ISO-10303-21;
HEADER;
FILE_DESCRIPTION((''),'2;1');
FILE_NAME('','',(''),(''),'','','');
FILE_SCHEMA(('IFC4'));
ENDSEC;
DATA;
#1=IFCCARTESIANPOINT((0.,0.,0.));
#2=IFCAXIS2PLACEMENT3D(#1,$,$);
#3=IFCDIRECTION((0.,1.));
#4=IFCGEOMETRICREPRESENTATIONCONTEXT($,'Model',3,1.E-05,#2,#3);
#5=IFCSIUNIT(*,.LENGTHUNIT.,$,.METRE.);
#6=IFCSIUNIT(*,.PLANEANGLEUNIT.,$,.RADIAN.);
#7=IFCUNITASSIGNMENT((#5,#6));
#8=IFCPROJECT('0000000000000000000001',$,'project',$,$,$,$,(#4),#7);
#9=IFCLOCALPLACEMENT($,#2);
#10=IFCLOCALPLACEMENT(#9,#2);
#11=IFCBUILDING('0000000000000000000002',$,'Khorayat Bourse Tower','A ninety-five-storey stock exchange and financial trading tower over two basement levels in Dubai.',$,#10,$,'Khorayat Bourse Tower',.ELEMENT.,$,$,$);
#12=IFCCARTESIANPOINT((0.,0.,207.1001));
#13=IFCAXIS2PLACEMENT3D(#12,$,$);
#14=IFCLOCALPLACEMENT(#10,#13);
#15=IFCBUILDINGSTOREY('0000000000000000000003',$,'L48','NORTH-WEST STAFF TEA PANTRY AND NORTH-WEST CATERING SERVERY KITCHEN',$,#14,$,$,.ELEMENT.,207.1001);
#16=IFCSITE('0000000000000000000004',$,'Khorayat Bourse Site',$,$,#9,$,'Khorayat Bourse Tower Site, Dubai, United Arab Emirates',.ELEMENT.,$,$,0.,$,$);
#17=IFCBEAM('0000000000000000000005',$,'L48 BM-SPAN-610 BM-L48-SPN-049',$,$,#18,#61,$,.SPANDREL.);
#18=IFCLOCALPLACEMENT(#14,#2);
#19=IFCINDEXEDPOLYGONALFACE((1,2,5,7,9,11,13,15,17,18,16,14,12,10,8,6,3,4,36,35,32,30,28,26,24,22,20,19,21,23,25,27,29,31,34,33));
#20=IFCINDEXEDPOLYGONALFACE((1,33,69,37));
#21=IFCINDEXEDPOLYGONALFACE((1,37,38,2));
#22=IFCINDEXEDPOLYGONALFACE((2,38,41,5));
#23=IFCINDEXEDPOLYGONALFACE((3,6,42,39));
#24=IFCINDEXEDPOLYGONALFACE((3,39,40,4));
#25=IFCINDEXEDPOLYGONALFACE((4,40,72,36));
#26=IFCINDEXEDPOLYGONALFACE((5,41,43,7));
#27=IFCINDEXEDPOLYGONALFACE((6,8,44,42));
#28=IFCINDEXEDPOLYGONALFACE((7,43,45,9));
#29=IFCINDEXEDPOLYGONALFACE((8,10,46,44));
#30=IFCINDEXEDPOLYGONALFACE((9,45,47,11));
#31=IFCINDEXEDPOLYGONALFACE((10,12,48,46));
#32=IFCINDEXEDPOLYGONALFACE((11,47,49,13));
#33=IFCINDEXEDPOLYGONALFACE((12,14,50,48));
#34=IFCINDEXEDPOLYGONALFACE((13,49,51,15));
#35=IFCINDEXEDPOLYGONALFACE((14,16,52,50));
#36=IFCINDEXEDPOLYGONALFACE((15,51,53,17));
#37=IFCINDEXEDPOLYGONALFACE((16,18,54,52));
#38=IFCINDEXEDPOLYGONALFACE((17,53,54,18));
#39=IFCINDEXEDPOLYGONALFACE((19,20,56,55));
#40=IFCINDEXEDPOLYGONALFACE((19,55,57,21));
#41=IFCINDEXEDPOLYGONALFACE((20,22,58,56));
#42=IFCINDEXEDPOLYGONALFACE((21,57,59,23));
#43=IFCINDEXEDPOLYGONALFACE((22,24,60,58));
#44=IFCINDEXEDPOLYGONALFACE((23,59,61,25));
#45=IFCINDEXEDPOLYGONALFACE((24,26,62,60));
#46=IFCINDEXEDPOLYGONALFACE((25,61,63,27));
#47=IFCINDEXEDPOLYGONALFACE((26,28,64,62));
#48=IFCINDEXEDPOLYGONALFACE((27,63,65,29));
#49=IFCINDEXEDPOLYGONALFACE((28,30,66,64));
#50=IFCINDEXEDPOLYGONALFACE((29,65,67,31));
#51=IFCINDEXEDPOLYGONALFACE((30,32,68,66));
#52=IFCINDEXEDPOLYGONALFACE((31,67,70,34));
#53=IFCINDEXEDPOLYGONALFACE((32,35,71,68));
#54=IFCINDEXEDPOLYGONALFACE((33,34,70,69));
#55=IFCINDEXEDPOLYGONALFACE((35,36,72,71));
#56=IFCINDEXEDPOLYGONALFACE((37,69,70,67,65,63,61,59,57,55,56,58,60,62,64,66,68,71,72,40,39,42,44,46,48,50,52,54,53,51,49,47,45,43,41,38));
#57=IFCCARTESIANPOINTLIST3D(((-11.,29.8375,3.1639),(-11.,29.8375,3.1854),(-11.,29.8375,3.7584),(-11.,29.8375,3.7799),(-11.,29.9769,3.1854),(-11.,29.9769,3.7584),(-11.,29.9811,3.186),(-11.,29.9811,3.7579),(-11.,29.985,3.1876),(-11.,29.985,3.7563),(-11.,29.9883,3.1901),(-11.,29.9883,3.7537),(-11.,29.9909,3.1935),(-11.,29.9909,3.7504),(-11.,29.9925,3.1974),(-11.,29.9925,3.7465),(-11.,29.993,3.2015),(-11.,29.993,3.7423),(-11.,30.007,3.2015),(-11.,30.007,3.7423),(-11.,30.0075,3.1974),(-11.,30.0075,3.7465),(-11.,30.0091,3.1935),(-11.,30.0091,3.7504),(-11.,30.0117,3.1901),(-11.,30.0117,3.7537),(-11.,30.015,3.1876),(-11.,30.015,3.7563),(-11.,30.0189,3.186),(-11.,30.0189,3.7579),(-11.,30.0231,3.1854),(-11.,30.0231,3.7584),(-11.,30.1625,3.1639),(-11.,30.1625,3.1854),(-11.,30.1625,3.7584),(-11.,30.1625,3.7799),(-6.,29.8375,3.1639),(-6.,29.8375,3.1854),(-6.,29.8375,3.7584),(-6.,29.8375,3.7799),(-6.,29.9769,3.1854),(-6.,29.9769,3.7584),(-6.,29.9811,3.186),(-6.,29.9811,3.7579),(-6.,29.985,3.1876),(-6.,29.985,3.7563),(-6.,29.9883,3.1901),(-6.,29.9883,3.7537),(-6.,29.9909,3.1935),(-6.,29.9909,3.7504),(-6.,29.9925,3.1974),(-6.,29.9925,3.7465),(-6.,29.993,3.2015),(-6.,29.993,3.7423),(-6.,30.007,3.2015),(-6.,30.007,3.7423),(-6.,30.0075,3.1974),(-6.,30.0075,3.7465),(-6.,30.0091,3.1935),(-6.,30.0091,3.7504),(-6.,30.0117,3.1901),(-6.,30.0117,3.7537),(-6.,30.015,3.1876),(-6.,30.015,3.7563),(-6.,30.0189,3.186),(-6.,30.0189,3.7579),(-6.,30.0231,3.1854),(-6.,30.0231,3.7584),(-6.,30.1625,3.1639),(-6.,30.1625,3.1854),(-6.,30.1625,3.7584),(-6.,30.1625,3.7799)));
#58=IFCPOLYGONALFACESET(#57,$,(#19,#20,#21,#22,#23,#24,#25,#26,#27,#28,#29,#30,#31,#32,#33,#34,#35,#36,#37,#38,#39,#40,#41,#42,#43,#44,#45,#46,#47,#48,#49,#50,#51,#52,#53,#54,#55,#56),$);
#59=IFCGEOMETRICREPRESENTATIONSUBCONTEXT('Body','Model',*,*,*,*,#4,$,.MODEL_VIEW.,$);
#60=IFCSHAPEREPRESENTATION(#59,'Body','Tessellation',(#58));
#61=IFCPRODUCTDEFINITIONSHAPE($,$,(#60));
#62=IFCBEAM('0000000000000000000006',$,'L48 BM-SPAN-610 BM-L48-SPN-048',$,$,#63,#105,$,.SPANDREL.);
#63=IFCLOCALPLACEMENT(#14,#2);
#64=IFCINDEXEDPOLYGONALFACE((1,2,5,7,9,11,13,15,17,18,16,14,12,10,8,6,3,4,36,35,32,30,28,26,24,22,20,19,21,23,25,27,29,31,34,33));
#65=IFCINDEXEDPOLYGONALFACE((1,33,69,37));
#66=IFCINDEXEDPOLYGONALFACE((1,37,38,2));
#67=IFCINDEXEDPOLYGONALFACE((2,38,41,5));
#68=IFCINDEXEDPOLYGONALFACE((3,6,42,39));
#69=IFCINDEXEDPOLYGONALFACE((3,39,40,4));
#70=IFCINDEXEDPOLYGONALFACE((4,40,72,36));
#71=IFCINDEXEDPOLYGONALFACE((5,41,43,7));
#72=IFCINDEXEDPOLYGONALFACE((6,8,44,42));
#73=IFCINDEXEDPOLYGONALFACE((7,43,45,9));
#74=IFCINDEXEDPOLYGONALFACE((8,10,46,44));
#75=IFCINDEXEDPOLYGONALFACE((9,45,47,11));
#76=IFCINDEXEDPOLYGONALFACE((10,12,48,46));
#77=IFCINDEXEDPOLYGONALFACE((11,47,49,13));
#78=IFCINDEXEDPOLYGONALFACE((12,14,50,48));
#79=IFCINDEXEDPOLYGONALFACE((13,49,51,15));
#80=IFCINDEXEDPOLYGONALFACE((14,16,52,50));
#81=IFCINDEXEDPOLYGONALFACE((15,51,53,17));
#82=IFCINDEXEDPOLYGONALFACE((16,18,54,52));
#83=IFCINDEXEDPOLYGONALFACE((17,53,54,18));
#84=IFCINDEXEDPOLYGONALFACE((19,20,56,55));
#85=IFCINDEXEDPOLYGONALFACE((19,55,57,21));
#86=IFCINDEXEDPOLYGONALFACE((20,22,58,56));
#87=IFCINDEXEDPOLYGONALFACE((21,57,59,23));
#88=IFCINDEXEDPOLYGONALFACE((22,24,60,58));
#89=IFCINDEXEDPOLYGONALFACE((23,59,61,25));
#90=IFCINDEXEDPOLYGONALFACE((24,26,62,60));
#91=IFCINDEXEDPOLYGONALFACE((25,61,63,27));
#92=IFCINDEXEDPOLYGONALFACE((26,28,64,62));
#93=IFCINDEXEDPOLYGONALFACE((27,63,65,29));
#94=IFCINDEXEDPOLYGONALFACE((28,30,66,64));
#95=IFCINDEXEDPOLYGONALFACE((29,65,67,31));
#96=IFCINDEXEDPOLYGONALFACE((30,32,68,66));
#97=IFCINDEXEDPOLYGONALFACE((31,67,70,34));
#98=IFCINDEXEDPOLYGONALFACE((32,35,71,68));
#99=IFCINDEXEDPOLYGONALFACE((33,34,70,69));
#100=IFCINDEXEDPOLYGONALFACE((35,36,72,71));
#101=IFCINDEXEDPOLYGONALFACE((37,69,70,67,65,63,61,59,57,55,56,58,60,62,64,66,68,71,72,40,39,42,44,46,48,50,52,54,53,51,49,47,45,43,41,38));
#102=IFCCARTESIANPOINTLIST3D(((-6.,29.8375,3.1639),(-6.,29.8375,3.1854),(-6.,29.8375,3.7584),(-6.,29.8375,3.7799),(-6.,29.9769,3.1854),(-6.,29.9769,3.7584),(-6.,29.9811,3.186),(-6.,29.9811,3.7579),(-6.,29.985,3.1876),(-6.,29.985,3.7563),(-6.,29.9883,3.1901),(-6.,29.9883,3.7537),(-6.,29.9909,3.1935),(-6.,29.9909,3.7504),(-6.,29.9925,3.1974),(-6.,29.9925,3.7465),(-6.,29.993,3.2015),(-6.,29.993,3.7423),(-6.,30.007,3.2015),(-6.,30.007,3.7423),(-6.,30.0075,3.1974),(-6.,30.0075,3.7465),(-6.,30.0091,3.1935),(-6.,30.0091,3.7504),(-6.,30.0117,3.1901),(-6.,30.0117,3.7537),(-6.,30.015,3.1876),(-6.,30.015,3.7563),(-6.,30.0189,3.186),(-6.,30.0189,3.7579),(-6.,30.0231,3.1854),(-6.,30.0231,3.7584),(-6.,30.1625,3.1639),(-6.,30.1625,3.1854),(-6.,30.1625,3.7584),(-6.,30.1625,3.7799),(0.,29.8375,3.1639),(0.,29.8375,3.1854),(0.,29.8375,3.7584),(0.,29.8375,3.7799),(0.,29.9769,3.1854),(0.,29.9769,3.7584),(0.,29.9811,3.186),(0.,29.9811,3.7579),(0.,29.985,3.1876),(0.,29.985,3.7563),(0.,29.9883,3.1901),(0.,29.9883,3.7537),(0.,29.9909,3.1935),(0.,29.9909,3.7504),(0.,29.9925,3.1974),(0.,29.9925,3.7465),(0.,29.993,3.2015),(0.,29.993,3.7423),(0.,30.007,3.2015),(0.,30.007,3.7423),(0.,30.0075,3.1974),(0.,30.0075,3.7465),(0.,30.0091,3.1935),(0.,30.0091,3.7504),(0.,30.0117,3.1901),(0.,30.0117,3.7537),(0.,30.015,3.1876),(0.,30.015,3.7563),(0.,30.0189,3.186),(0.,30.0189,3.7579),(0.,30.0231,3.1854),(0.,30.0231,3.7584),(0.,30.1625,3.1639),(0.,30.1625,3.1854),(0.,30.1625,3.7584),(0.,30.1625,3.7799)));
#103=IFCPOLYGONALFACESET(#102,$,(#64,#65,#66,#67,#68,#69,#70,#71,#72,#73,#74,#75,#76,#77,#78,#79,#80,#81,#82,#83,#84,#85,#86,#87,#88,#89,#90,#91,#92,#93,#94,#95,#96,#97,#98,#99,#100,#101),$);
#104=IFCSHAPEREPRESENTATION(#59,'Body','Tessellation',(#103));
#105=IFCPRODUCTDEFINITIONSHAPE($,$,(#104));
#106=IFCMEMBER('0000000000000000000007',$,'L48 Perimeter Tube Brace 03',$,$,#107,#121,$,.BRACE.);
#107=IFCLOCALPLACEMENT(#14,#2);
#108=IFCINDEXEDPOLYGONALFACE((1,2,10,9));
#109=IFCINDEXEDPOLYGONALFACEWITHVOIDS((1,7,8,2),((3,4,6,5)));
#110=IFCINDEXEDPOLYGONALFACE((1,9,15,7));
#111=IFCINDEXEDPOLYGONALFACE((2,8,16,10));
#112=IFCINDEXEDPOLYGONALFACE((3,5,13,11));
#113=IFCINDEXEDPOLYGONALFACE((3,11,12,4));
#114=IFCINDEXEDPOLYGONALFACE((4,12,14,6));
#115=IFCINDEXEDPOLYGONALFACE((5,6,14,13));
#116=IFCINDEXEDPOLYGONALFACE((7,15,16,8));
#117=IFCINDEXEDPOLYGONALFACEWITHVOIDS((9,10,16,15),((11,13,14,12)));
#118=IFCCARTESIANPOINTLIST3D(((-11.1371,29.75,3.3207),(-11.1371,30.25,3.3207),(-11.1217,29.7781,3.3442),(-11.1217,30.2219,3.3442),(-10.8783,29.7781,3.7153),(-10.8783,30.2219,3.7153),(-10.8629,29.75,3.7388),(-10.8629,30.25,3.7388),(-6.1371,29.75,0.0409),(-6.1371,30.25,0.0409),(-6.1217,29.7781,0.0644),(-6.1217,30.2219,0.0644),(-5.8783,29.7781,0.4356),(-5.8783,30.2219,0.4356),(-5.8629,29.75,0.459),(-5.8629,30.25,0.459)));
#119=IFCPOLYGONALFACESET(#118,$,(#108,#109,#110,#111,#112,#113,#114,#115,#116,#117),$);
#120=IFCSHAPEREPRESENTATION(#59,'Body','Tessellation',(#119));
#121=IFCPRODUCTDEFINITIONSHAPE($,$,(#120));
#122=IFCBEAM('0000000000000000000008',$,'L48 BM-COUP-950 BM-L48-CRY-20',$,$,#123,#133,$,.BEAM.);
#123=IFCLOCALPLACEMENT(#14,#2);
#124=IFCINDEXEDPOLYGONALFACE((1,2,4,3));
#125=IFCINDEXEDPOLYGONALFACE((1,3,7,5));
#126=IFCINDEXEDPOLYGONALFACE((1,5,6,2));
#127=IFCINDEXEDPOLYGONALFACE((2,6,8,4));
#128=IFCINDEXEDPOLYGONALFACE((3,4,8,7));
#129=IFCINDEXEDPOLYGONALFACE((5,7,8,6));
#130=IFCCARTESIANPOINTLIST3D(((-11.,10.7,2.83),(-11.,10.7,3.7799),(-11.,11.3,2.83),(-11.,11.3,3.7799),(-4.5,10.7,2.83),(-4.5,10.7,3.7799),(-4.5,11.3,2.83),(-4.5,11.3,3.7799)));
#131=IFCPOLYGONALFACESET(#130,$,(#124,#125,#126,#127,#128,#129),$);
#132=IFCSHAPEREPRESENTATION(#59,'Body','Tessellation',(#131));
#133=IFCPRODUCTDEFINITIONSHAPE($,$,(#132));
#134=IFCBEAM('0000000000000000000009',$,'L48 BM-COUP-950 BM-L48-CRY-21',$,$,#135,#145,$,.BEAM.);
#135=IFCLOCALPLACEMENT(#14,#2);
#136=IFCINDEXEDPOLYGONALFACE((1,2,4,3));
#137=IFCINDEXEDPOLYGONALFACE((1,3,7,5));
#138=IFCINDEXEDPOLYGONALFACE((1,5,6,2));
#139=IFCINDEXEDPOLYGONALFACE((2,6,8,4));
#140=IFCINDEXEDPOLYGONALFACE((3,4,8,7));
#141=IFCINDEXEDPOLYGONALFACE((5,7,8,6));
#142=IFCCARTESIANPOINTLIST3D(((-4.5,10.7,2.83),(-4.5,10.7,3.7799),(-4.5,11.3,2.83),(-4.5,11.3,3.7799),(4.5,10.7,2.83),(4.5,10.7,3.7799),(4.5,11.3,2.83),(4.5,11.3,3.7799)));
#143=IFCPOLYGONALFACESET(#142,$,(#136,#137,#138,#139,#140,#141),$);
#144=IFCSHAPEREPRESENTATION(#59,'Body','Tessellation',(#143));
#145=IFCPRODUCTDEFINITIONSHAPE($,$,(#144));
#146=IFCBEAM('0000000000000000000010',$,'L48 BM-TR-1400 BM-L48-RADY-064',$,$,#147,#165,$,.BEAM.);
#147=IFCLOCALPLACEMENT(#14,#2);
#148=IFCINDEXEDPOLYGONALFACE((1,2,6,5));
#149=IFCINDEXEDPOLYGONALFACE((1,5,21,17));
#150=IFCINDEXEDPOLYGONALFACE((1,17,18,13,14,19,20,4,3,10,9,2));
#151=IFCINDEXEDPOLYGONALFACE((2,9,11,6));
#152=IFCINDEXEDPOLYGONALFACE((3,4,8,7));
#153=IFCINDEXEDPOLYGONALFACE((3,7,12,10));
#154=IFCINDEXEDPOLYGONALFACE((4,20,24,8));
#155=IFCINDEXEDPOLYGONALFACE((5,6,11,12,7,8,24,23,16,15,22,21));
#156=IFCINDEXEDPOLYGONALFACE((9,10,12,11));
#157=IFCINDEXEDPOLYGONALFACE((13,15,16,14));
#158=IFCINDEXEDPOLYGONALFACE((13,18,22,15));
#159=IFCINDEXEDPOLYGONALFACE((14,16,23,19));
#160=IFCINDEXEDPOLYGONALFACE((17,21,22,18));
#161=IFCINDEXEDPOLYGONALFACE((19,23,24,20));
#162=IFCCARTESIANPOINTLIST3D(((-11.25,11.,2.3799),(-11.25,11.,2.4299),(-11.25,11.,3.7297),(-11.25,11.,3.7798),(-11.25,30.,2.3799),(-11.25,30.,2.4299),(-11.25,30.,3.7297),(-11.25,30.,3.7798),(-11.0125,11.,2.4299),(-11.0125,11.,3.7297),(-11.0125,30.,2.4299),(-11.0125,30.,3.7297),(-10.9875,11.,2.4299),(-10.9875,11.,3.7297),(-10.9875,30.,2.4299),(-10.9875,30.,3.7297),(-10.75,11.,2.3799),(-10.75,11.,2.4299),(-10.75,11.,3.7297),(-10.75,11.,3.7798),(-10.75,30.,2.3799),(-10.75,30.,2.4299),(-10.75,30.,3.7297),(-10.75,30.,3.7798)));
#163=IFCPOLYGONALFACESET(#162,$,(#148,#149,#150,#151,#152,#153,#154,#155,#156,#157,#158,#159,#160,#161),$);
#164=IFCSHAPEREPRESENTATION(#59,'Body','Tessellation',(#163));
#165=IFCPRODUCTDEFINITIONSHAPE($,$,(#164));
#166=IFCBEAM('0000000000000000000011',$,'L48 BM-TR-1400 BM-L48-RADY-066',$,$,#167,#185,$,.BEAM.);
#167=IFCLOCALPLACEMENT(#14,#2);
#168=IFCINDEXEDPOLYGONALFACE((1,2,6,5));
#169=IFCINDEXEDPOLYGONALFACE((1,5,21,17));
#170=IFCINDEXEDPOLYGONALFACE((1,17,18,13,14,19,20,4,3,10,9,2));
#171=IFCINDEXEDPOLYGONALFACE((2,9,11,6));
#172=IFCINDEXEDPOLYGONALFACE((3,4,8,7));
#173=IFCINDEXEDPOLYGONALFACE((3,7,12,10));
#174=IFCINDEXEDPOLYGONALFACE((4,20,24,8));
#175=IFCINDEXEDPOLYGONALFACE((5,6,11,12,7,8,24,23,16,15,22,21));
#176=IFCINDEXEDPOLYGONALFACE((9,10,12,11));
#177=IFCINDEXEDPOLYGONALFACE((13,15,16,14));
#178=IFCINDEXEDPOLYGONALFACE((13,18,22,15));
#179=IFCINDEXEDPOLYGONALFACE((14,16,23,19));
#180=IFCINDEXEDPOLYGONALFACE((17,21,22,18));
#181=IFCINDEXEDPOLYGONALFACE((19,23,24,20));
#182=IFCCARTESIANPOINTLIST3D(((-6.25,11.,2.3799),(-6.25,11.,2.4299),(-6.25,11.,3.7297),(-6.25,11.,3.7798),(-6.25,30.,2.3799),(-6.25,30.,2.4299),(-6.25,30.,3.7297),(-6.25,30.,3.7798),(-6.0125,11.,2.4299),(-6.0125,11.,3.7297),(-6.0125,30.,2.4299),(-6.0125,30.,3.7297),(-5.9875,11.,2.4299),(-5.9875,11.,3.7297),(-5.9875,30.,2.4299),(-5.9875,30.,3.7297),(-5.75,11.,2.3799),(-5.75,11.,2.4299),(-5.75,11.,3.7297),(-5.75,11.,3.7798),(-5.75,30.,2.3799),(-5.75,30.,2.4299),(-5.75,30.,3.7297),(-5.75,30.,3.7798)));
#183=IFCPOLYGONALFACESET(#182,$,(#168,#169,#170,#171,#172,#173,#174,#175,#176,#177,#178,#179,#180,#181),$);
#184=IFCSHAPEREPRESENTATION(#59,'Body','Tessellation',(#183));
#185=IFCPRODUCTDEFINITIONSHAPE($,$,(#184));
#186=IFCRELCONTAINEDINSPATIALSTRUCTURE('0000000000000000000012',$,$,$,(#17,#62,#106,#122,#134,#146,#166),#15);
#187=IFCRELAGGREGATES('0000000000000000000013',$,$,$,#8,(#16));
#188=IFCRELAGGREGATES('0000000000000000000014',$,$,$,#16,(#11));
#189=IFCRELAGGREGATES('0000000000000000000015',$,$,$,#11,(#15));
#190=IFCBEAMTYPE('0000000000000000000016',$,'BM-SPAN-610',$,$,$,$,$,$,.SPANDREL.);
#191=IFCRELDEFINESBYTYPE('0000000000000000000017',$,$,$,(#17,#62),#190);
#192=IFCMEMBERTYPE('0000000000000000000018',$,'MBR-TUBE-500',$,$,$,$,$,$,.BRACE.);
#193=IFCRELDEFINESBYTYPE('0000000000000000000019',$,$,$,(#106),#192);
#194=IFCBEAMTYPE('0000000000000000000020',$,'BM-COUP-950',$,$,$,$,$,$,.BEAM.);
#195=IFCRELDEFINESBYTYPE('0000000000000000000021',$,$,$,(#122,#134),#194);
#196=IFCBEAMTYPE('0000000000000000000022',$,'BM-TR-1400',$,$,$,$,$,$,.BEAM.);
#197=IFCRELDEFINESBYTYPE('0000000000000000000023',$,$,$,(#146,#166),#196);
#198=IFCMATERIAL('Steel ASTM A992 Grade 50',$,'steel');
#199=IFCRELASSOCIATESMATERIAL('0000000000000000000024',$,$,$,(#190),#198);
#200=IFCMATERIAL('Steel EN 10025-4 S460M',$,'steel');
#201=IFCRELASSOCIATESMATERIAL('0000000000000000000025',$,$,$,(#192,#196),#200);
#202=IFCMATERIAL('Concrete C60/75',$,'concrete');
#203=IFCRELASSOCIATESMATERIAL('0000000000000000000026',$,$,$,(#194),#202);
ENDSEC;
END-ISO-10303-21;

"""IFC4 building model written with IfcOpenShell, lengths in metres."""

from ifc_helpers import new_model, si_unit, direction, frame, origin, origin_2d, place, context, subcontext, project, spatial, rectangle, hollow_rectangle, i_section, extrude, source, transform, mapped, material, material_profile, profile_set, type_object, element, save


model = new_model("IFC4")

# Units and contexts
model_context = context("Model", 3, precision=1e-05, world=origin(), true_north=direction((0.0, 1.0)))
body_context = subcontext(model_context, "Body", "Model", "MODEL_VIEW")
ifc_project = project(units=[si_unit("LENGTHUNIT", "METRE"), si_unit("PLANEANGLEUNIT", "RADIAN")], contexts=[model_context])

# Site, building, storey
site_placement = place(None, origin())
site = spatial("IfcSite", under=ifc_project, at=site_placement, Name="Khorayat Bourse Site", LongName="Khorayat Bourse Tower Site, Dubai, United Arab Emirates", CompositionType="ELEMENT", RefElevation=0.0)
building_placement = place(site_placement, origin())
building = spatial("IfcBuilding", under=site, at=building_placement, Name="Khorayat Bourse Tower", Description="A ninety-five-storey stock exchange and financial trading tower over two basement levels in Dubai.", LongName="Khorayat Bourse Tower", CompositionType="ELEMENT")
storey_placement = place(building_placement, frame((0.0, 0.0, 207.1001)))
storey = spatial("IfcBuildingStorey", under=building, at=storey_placement, Name="L48", Description="NORTH-WEST STAFF TEA PANTRY AND NORTH-WEST CATERING SERVERY KITCHEN", CompositionType="ELEMENT", Elevation=207.1001)

# Shared definitions
ifc_material_1 = material(Name="Steel EN 10025-4 S460M", Category="steel")
ifc_material_2 = material(Name="Concrete C60/75", Category="concrete")

# Beams
ifc_material_3 = material(Name="Steel ASTM A992 Grade 50", Category="steel")
ifc_material_profile_1 = material_profile(ifc_material_3, i_section(OverallWidth=0.325, OverallDepth=0.616, WebThickness=0.0139, FlangeThickness=0.0215, FilletRadius=0.0161, at=origin_2d()), Name="W610X174")
ifc_profile_set_1 = profile_set([ifc_material_profile_1], Name="Steel ASTM A992 Grade 50")
beam_type_1 = type_object("IfcBeamType", Name="BM-SPAN-610", PredefinedType="SPANDREL", material=ifc_profile_set_1)
shared_shape_1 = source(origin(), body_context, "Body", "SweptSolid", [
    extrude(i_section(OverallWidth=0.325, OverallDepth=0.616, WebThickness=0.0139, FlangeThickness=0.0215, FilletRadius=0.0161, at=origin_2d()), origin(), (0.0, 0.0, 1.0), 5.0),
])
beam_1_placement = place(storey_placement, frame((-11.0, 30.0, 3.4719), z_axis=(1.0, 0.0, 0.0), x_axis=(0.0, 1.0, 0.0)))
element("IfcBeam", 1, at=beam_1_placement, inside=storey, type_object=beam_type_1, Name="L48 BM-SPAN-610 BM-L48-SPN-049", PredefinedType="SPANDREL", context=body_context, shape_type="MappedRepresentation", body=[
    mapped(shared_shape_1, transform((0.0, 0.0, 0.0), scale=1.0)),
])
shared_shape_2 = source(origin(), body_context, "Body", "SweptSolid", [
    extrude(i_section(OverallWidth=0.325, OverallDepth=0.616, WebThickness=0.0139, FlangeThickness=0.0215, FilletRadius=0.0161, at=origin_2d()), origin(), (0.0, 0.0, 1.0), 6.0),
])
beam_2_placement = place(storey_placement, frame((-6.0, 30.0, 3.4719), z_axis=(1.0, 0.0, 0.0), x_axis=(0.0, 1.0, 0.0)))
element("IfcBeam", 2, at=beam_2_placement, inside=storey, type_object=beam_type_1, Name="L48 BM-SPAN-610 BM-L48-SPN-048", PredefinedType="SPANDREL", context=body_context, shape_type="MappedRepresentation", body=[
    mapped(shared_shape_2, transform((0.0, 0.0, 0.0), scale=1.0)),
])

# Member
ifc_material_profile_2 = material_profile(ifc_material_1, hollow_rectangle(XDim=0.5, YDim=0.5, WallThickness=0.0281, at=origin_2d()), Name="HSS 500x500x28")
ifc_profile_set_2 = profile_set([ifc_material_profile_2], Name="Steel EN 10025-4 S460M")
member_type_1 = type_object("IfcMemberType", Name="MBR-TUBE-500", PredefinedType="BRACE", material=ifc_profile_set_2)
shared_shape_3 = source(origin(), body_context, "Body", "SweptSolid", [
    extrude(hollow_rectangle(XDim=0.5, YDim=0.5, WallThickness=0.0281, at=origin_2d()), origin(), (0.0, 0.0, 1.0), 5.9797),
])
member_1_placement = place(storey_placement, frame((-11.0, 30.0, 3.5298), z_axis=(0.83616, 0.0, -0.548485), x_axis=(0.0, 1.0, 0.0)))
element("IfcMember", 3, at=member_1_placement, inside=storey, type_object=member_type_1, Name="L48 Perimeter Tube Brace 03", PredefinedType="BRACE", context=body_context, shape_type="MappedRepresentation", body=[
    mapped(shared_shape_3, transform((0.0, 0.0, 0.0), scale=1.0)),
])

# Beams
ifc_material_profile_3 = material_profile(ifc_material_2, rectangle(XDim=0.6001, YDim=0.95, at=origin_2d()), Name="RC 600x950")
ifc_profile_set_3 = profile_set([ifc_material_profile_3], Name="Concrete C60/75")
beam_type_2 = type_object("IfcBeamType", Name="BM-COUP-950", PredefinedType="BEAM", material=ifc_profile_set_3)
shared_shape_4 = source(origin(), body_context, "Body", "SweptSolid", [
    extrude(rectangle(XDim=0.6001, YDim=0.95, at=origin_2d()), origin(), (0.0, 0.0, 1.0), 6.5),
])
beam_3_placement = place(storey_placement, frame((-11.0, 11.0, 3.3049), z_axis=(1.0, 0.0, 0.0), x_axis=(0.0, 1.0, 0.0)))
element("IfcBeam", 4, at=beam_3_placement, inside=storey, type_object=beam_type_2, Name="L48 BM-COUP-950 BM-L48-CRY-20", PredefinedType="BEAM", context=body_context, shape_type="MappedRepresentation", body=[
    mapped(shared_shape_4, transform((0.0, 0.0, 0.0), scale=1.0)),
])
shared_shape_5 = source(origin(), body_context, "Body", "SweptSolid", [
    extrude(rectangle(XDim=0.6001, YDim=0.95, at=origin_2d()), origin(), (0.0, 0.0, 1.0), 9.0),
])
beam_4_placement = place(storey_placement, frame((-4.5, 11.0, 3.3049), z_axis=(1.0, 0.0, 0.0), x_axis=(0.0, 1.0, 0.0)))
element("IfcBeam", 5, at=beam_4_placement, inside=storey, type_object=beam_type_2, Name="L48 BM-COUP-950 BM-L48-CRY-21", PredefinedType="BEAM", context=body_context, shape_type="MappedRepresentation", body=[
    mapped(shared_shape_5, transform((0.0, 0.0, 0.0), scale=1.0)),
])
ifc_material_profile_4 = material_profile(ifc_material_1, i_section(OverallWidth=0.5, OverallDepth=1.3999, WebThickness=0.0249, FlangeThickness=0.05, at=origin_2d()), Name="PG 1400x500x25x50")
ifc_profile_set_4 = profile_set([ifc_material_profile_4], Name="Steel EN 10025-4 S460M")
beam_type_3 = type_object("IfcBeamType", Name="BM-TR-1400", PredefinedType="BEAM", material=ifc_profile_set_4)
shared_shape_6 = source(origin(), body_context, "Body", "SweptSolid", [
    extrude(i_section(OverallWidth=0.5, OverallDepth=1.3999, WebThickness=0.0249, FlangeThickness=0.05, at=origin_2d()), origin(), (0.0, 0.0, 1.0), 19.0),
])
for number, where, z_axis, x_axis, name in (
    (6, (-11.0, 11.0, 3.0798), (0.0, 1.0, 0.0), (-1.0, 0.0, 0.0), "L48 BM-TR-1400 BM-L48-RADY-064"),
    (7, (-6.0, 11.0, 3.0798), (0.0, 1.0, 0.0), (-1.0, 0.0, 0.0), "L48 BM-TR-1400 BM-L48-RADY-066"),
):
    element("IfcBeam", number, at=place(storey_placement, frame(where, z_axis=z_axis, x_axis=x_axis)), inside=storey, type_object=beam_type_3, Name=name, PredefinedType="BEAM", context=body_context, shape_type="MappedRepresentation", body=[
        mapped(shared_shape_6, transform((0.0, 0.0, 0.0), scale=1.0)),
    ])

save(model, "model.ifc")
